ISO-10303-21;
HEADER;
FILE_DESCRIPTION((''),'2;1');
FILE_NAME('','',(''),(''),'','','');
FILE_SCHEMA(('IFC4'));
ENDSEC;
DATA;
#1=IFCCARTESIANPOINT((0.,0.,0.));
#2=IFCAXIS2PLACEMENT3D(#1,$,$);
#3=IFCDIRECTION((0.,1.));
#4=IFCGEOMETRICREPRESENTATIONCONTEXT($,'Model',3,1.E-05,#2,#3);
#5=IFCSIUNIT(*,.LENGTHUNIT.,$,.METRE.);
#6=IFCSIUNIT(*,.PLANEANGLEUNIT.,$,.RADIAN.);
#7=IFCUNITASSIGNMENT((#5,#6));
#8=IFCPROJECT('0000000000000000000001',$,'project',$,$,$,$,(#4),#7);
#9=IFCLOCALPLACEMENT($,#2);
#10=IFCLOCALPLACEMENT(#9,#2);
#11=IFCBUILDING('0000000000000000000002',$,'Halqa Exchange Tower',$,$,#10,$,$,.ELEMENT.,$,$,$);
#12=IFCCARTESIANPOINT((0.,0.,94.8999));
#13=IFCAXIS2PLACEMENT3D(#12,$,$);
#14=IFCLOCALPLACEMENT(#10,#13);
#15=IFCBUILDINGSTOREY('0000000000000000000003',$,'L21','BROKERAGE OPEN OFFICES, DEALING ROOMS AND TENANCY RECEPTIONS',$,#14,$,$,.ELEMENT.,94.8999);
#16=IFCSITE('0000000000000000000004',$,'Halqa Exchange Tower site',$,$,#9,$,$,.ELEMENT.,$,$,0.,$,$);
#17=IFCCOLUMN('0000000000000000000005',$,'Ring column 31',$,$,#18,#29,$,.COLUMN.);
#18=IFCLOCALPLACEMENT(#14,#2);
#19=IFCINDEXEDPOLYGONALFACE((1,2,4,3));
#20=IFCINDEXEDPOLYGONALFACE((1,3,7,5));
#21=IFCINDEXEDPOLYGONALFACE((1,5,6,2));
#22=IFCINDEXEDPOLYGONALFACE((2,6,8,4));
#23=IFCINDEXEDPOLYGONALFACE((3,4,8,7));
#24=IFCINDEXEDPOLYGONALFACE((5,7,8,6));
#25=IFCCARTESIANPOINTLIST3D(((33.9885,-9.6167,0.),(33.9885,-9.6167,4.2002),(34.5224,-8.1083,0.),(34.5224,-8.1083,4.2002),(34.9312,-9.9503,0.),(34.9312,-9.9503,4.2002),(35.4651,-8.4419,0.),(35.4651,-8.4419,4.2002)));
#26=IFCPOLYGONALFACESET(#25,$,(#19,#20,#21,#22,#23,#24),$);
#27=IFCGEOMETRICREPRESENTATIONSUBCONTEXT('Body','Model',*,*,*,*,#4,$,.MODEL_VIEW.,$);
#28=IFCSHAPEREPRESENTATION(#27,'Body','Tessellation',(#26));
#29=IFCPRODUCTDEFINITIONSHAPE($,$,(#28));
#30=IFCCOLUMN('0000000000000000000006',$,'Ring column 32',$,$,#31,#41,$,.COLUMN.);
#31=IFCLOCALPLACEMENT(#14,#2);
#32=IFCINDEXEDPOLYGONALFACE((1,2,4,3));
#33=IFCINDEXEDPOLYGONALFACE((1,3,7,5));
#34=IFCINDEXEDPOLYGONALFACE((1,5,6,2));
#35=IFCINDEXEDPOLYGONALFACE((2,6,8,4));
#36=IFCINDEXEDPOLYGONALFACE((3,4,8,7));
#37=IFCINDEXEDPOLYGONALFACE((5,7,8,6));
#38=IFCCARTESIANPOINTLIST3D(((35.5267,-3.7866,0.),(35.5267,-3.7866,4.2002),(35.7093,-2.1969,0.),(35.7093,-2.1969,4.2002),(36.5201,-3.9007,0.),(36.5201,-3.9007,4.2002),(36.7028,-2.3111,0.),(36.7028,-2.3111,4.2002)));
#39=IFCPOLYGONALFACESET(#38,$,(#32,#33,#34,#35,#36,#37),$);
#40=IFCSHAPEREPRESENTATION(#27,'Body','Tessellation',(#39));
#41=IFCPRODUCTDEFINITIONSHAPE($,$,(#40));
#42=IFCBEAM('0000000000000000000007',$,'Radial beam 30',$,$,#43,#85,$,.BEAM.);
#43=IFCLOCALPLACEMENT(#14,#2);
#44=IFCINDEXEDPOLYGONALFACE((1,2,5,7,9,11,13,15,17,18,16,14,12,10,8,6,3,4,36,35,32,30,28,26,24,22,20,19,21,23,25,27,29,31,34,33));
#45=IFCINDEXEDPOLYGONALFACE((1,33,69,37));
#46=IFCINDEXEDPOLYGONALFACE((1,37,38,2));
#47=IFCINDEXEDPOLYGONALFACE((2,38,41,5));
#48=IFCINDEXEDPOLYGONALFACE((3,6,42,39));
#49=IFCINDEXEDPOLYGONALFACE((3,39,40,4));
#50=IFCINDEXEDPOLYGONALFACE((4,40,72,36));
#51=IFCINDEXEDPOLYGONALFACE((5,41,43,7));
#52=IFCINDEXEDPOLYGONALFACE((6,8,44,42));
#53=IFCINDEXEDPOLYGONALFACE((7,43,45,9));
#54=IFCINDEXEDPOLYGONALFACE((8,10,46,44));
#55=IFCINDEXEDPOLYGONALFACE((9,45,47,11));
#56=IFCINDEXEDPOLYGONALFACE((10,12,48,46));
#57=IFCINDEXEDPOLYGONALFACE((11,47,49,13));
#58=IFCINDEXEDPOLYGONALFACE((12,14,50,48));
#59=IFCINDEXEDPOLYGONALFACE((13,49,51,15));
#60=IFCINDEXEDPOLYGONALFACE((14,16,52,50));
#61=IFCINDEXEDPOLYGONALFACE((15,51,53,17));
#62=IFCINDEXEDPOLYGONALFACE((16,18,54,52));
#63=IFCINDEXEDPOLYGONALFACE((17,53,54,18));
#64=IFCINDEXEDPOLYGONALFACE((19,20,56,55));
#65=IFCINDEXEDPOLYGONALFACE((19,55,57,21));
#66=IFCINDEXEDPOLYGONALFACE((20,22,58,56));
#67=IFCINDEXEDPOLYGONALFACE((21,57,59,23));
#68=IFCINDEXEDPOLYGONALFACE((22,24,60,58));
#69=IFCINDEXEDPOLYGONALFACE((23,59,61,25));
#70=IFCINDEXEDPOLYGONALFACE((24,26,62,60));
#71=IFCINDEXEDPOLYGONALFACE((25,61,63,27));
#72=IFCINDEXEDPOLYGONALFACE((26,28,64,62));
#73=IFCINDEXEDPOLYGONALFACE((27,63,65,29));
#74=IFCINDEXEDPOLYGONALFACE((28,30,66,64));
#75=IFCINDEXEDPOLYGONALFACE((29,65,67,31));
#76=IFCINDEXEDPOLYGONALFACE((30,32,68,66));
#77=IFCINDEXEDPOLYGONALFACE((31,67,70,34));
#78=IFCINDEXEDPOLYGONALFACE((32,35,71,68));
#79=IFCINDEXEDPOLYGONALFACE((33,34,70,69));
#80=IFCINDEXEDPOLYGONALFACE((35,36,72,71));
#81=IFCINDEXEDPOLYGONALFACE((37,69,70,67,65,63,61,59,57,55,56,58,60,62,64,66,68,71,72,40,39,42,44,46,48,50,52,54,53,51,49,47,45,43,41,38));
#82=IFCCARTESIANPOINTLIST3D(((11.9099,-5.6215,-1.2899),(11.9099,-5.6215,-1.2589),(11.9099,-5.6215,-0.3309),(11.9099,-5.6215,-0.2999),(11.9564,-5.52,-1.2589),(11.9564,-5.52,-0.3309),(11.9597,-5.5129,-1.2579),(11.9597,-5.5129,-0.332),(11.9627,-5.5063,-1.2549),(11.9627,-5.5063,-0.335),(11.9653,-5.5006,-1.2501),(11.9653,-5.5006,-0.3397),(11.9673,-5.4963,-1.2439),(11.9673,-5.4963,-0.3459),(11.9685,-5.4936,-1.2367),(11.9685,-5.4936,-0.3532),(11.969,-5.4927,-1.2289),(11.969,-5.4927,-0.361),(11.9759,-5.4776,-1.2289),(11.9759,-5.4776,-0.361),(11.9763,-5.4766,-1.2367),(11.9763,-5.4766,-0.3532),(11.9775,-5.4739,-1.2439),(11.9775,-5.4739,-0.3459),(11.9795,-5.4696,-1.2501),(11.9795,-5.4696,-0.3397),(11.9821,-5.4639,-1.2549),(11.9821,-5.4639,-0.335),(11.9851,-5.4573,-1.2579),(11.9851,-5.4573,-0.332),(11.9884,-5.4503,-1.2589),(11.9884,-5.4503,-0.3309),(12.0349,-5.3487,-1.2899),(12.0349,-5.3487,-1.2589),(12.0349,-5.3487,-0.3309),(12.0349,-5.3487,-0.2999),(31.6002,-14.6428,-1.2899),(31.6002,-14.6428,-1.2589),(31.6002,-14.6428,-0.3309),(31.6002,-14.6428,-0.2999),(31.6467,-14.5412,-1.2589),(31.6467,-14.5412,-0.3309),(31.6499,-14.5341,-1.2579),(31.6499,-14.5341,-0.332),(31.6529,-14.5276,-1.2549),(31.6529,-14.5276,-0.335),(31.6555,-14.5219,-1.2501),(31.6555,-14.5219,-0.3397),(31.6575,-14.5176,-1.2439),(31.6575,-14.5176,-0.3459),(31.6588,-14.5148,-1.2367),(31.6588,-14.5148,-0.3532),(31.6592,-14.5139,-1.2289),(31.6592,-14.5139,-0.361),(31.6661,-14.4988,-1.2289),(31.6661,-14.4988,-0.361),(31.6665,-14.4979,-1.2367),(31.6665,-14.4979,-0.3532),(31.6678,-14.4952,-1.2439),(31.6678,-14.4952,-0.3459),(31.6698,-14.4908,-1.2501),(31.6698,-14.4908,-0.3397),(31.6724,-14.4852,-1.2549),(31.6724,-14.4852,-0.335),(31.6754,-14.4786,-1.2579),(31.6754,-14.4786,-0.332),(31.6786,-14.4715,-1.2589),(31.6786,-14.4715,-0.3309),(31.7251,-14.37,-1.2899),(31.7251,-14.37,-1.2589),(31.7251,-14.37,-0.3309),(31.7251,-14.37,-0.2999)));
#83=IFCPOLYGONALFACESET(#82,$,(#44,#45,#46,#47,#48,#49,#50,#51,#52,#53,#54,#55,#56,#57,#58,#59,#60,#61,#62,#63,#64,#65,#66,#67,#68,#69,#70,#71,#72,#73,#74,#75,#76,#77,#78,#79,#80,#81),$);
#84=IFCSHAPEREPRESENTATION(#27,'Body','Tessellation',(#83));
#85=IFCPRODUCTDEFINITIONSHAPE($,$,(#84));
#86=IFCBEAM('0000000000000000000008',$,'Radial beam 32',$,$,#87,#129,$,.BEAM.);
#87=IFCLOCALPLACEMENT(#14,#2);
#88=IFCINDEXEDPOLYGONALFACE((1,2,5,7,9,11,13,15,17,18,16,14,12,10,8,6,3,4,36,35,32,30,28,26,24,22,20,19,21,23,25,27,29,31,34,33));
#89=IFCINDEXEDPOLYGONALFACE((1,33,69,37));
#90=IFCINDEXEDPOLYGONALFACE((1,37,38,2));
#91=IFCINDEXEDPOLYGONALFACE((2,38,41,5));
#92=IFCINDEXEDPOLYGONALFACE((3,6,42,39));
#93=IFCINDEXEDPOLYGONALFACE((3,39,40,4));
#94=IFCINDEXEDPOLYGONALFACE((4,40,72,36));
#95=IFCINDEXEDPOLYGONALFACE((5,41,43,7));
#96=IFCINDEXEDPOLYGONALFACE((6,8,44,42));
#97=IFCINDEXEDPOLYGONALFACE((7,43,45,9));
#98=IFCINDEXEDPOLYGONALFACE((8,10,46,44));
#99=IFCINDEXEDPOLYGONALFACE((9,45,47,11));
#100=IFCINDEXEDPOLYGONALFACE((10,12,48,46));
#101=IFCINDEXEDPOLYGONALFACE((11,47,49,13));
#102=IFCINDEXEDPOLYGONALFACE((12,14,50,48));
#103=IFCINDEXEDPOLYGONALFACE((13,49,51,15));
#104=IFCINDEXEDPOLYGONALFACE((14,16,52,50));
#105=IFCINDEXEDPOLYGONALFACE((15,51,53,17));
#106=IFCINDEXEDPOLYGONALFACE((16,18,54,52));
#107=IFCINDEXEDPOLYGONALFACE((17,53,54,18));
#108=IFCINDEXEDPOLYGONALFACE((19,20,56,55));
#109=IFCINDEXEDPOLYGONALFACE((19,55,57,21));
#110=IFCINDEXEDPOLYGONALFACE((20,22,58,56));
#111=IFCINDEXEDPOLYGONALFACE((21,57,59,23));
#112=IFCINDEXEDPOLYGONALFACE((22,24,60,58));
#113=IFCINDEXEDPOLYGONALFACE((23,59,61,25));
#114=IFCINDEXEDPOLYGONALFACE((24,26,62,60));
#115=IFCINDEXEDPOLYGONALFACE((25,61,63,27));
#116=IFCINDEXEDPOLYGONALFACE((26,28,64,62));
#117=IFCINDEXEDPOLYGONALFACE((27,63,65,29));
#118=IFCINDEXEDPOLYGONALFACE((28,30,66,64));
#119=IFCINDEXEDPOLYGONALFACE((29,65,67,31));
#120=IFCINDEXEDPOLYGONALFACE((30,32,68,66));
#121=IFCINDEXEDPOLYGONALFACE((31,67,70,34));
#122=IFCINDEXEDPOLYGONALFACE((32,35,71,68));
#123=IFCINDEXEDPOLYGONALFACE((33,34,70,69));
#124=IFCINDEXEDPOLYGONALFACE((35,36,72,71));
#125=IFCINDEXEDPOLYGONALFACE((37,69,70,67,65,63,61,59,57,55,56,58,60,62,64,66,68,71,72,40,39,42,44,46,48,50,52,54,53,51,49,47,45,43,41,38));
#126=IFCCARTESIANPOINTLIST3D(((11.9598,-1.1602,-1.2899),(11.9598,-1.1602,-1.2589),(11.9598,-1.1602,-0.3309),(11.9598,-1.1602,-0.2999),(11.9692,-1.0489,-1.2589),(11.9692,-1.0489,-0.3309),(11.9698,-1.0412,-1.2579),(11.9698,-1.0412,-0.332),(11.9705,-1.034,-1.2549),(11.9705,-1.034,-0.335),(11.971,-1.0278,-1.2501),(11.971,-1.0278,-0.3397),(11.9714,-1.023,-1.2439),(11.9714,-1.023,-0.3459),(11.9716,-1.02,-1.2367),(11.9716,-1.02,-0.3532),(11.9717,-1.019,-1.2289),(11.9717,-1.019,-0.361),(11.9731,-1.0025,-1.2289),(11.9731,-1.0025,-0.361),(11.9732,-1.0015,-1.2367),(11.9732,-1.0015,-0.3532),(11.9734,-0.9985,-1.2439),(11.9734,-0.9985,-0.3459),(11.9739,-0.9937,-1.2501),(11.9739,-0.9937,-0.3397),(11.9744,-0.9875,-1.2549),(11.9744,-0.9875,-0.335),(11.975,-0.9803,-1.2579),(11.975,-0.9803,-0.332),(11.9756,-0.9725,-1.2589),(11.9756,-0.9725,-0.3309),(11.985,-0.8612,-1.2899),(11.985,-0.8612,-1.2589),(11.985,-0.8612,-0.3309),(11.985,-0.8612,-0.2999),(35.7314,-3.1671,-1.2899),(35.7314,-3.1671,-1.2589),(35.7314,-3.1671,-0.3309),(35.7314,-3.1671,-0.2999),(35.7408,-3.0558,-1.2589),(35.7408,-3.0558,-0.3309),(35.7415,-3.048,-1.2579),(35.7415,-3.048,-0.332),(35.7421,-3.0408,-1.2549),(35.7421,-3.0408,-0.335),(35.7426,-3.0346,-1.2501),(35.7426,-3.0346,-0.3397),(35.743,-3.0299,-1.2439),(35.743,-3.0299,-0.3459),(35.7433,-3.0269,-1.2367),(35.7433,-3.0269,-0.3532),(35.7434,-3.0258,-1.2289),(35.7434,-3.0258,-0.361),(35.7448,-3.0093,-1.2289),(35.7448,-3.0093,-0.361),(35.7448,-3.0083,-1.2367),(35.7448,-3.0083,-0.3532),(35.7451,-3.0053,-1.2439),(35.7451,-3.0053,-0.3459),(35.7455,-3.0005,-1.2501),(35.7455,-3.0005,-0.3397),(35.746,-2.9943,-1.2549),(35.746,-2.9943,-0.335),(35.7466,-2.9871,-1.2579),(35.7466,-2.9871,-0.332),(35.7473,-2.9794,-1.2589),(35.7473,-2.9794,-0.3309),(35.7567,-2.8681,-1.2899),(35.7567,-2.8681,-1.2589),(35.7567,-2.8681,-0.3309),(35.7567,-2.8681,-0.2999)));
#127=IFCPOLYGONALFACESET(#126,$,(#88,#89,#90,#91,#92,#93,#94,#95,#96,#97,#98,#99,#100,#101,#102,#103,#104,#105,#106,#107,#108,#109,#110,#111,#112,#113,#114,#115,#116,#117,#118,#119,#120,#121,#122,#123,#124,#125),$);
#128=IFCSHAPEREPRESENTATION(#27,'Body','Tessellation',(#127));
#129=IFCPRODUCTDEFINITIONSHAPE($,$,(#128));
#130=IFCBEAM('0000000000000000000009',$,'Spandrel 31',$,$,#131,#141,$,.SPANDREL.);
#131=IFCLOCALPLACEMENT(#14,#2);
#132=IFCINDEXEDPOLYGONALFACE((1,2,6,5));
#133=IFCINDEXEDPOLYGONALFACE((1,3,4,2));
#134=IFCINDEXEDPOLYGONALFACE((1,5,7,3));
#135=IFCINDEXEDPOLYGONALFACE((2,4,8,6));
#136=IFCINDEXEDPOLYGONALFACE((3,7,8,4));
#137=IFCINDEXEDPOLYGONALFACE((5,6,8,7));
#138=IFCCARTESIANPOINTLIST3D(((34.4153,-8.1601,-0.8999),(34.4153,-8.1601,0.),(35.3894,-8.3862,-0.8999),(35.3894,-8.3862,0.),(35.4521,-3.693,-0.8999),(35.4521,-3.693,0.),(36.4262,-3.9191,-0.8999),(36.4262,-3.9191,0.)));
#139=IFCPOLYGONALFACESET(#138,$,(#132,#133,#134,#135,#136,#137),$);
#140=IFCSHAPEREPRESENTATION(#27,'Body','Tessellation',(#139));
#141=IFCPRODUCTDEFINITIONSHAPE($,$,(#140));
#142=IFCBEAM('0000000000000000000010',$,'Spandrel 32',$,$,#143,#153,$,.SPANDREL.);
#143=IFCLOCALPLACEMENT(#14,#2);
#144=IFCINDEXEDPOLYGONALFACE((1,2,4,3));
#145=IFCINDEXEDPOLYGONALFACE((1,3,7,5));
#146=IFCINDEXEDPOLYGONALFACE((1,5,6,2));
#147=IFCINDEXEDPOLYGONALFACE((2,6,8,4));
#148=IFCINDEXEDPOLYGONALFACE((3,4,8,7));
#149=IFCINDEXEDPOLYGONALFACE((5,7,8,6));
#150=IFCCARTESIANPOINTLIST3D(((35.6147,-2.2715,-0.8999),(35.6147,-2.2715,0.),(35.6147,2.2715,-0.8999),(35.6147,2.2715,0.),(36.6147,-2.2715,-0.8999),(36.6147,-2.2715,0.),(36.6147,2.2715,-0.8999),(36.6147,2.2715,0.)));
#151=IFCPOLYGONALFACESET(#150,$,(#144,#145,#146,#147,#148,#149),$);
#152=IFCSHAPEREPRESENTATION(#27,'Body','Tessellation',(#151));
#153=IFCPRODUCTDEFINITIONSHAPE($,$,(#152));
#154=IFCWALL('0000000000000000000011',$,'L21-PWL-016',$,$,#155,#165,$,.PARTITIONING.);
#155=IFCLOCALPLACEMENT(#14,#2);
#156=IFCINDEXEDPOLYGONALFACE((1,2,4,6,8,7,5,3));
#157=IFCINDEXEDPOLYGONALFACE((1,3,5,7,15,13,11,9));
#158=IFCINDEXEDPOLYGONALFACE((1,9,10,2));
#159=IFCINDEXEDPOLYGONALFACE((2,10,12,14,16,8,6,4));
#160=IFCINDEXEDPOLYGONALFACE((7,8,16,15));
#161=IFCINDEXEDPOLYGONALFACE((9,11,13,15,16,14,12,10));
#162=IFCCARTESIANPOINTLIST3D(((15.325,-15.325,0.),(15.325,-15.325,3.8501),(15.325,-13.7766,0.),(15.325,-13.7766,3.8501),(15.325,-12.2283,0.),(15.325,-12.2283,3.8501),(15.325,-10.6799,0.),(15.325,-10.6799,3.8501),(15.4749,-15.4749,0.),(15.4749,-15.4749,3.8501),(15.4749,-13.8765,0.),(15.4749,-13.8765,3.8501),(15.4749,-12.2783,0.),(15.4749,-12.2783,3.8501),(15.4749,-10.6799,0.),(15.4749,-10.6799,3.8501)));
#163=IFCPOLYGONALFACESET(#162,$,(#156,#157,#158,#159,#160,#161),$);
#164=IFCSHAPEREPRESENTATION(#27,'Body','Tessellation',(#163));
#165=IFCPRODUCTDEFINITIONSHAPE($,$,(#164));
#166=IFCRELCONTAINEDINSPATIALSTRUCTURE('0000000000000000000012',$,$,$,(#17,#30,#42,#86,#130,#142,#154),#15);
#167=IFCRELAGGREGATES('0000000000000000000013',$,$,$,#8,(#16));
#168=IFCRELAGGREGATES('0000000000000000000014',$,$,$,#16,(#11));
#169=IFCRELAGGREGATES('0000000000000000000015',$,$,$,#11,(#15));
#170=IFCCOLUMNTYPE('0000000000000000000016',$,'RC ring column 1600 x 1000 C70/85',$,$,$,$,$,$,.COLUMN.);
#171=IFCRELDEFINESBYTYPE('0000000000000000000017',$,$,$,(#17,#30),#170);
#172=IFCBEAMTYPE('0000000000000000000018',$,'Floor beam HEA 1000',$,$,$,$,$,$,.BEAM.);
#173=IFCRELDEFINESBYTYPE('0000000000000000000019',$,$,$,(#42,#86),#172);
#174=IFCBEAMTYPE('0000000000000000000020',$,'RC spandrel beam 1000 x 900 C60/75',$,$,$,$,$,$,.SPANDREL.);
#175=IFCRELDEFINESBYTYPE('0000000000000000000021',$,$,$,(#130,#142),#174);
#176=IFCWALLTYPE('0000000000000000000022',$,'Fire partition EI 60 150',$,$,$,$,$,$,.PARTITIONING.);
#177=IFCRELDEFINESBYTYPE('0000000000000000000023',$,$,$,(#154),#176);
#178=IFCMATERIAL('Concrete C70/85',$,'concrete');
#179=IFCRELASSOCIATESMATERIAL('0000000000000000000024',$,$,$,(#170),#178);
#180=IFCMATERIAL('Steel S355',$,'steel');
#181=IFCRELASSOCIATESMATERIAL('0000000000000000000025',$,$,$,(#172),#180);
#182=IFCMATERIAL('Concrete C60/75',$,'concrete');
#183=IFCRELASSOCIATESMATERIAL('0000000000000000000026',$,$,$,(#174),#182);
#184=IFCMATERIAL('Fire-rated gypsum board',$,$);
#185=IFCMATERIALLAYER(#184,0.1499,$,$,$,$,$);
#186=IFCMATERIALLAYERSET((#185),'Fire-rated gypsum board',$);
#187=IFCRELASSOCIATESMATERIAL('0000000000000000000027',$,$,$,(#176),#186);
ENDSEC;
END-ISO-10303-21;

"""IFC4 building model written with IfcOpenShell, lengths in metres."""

from ifc_helpers import new_model, si_unit, direction, frame, origin, origin_2d, place, context, subcontext, project, spatial, polyline, rectangle, i_section, outline, extrude, material, layer, layer_set, material_profile, profile_set, type_object, element, save


model = new_model("IFC4")

# Units and contexts
model_context = context("Model", 3, precision=1e-05, world=origin(), true_north=direction((0.0, 1.0)))
body_context = subcontext(model_context, "Body", "Model", "MODEL_VIEW")
ifc_project = project(units=[si_unit("LENGTHUNIT", "METRE"), si_unit("PLANEANGLEUNIT", "RADIAN")], contexts=[model_context])

# Site, building, storey
site_placement = place(None, origin())
site = spatial("IfcSite", under=ifc_project, at=site_placement, Name="Halqa Exchange Tower site", CompositionType="ELEMENT", RefElevation=0.0)
building_placement = place(site_placement, origin())
building = spatial("IfcBuilding", under=site, at=building_placement, Name="Halqa Exchange Tower", CompositionType="ELEMENT")
storey_placement = place(building_placement, frame((0.0, 0.0, 94.8999)))
storey = spatial("IfcBuildingStorey", under=building, at=storey_placement, Name="L21", Description="BROKERAGE OPEN OFFICES, DEALING ROOMS AND TENANCY RECEPTIONS", CompositionType="ELEMENT", Elevation=94.8999)

# Columns
ifc_material_1 = material(Name="Concrete C70/85", Category="concrete")
ifc_material_profile_1 = material_profile(ifc_material_1, rectangle(XDim=1.6001, YDim=1.0, at=origin_2d()), Name="1600 x 1000")
ifc_profile_set_1 = profile_set([ifc_material_profile_1], Name="Concrete C70/85")
column_type = type_object("IfcColumnType", Name="RC ring column 1600 x 1000 C70/85", PredefinedType="COLUMN", material=ifc_profile_set_1)
for number, where, z_axis, x_axis, name in (
    (1, (34.7268, -9.0293, 0.0), (0.0, 0.0, 1.0), (0.333631, 0.942704, 0.0), "Ring column 31"),
    (2, (36.1147, -3.0488, 0.0), (0.0, 0.0, 1.0), (0.114157, 0.993463, 0.0), "Ring column 32"),
):
    element("IfcColumn", number, at=place(storey_placement, frame(where, z_axis=z_axis, x_axis=x_axis)), inside=storey, type_object=column_type, Name=name, PredefinedType="COLUMN", context=body_context, shape_type="SweptSolid", body=[
        extrude(rectangle(XDim=1.6001, YDim=1.0, at=origin_2d()), origin(), (0.0, 0.0, 1.0), 4.2002),
    ])

# Beams
ifc_material_2 = material(Name="Steel S355", Category="steel")
ifc_material_profile_2 = material_profile(ifc_material_2, i_section(OverallWidth=0.3, OverallDepth=0.99, WebThickness=0.0166, FlangeThickness=0.031, FilletRadius=0.03, at=origin_2d()), Name="HEA 1000")
ifc_profile_set_2 = profile_set([ifc_material_profile_2], Name="Steel S355")
beam_type_1 = type_object("IfcBeamType", Name="Floor beam HEA 1000", PredefinedType="BEAM", material=ifc_profile_set_2)
beam_1_placement = place(storey_placement, frame((11.9724, -5.4851, -0.7949), z_axis=(0.909125, -0.416524, 0.0), x_axis=(0.416524, 0.909125, 0.0)))
element("IfcBeam", 3, at=beam_1_placement, inside=storey, type_object=beam_type_1, Name="Radial beam 30", PredefinedType="BEAM", context=body_context, shape_type="SweptSolid", body=[
    extrude(i_section(OverallWidth=0.3, OverallDepth=0.99, WebThickness=0.0166, FlangeThickness=0.031, FilletRadius=0.03, at=origin_2d()), origin(), (0.0, 0.0, 1.0), 21.6584),
])
beam_2_placement = place(storey_placement, frame((11.9724, -1.0107, -0.7949), z_axis=(0.996455, -0.084122, 0.0), x_axis=(0.084122, 0.996455, 0.0)))
element("IfcBeam", 4, at=beam_2_placement, inside=storey, type_object=beam_type_1, Name="Radial beam 32", PredefinedType="BEAM", context=body_context, shape_type="SweptSolid", body=[
    extrude(i_section(OverallWidth=0.3, OverallDepth=0.99, WebThickness=0.0166, FlangeThickness=0.031, FilletRadius=0.03, at=origin_2d()), origin(), (0.0, 0.0, 1.0), 23.8562),
])
ifc_material_3 = material(Name="Concrete C60/75", Category="concrete")
ifc_material_profile_3 = material_profile(ifc_material_3, rectangle(XDim=1.0, YDim=0.8999, at=origin_2d()), Name="1000 x 900")
ifc_profile_set_3 = profile_set([ifc_material_profile_3], Name="Concrete C60/75")
beam_type_2 = type_object("IfcBeamType", Name="RC spandrel beam 1000 x 900 C60/75", PredefinedType="SPANDREL", material=ifc_profile_set_3)
beam_3_placement = place(storey_placement, frame((34.9023, -8.2732, -0.45), z_axis=(0.226092, 0.974106, 0.0), x_axis=(-0.974106, 0.226092, 0.0)))
element("IfcBeam", 5, at=beam_3_placement, inside=storey, type_object=beam_type_2, Name="Spandrel 31", PredefinedType="SPANDREL", context=body_context, shape_type="SweptSolid", body=[
    extrude(rectangle(XDim=1.0, YDim=0.8999, at=origin_2d()), origin(), (0.0, 0.0, 1.0), 4.5859),
])
beam_4_placement = place(storey_placement, frame((36.1147, -2.2715, -0.45), z_axis=(0.0, 1.0, 0.0), x_axis=(-1.0, 0.0, 0.0)))
element("IfcBeam", 6, at=beam_4_placement, inside=storey, type_object=beam_type_2, Name="Spandrel 32", PredefinedType="SPANDREL", context=body_context, shape_type="SweptSolid", body=[
    extrude(rectangle(XDim=1.0, YDim=0.8999, at=origin_2d()), origin(), (0.0, 0.0, 1.0), 4.543),
])

# Wall
ifc_material_4 = material(Name="Fire-rated gypsum board")
ifc_layer_1 = layer(ifc_material_4, 0.1499)
ifc_layer_set_1 = layer_set([ifc_layer_1], Name="Fire-rated gypsum board")
wall_type_1 = type_object("IfcWallType", Name="Fire partition EI 60 150", PredefinedType="PARTITIONING", material=ifc_layer_set_1)
wall_1_placement = place(storey_placement, frame((15.3999, -10.6799, 0.0), z_axis=(0.0, 0.0, 1.0), x_axis=(0.0, -1.0, 0.0)))
element("IfcWall", 7, at=wall_1_placement, inside=storey, type_object=wall_type_1, Name="L21-PWL-016", PredefinedType="PARTITIONING", context=body_context, shape_type="SweptSolid", body=[
    extrude(outline(polyline([(0.0, -0.075), (1.5483, -0.075), (3.0967, -0.075), (4.645, -0.075), (4.7949, 0.075), (3.1965, 0.075), (1.5984, 0.075), (0.0, 0.075), (0.0, -0.075)])), origin(), (0.0, 0.0, 1.0), 3.8501),
])

save(model, "model.ifc")
